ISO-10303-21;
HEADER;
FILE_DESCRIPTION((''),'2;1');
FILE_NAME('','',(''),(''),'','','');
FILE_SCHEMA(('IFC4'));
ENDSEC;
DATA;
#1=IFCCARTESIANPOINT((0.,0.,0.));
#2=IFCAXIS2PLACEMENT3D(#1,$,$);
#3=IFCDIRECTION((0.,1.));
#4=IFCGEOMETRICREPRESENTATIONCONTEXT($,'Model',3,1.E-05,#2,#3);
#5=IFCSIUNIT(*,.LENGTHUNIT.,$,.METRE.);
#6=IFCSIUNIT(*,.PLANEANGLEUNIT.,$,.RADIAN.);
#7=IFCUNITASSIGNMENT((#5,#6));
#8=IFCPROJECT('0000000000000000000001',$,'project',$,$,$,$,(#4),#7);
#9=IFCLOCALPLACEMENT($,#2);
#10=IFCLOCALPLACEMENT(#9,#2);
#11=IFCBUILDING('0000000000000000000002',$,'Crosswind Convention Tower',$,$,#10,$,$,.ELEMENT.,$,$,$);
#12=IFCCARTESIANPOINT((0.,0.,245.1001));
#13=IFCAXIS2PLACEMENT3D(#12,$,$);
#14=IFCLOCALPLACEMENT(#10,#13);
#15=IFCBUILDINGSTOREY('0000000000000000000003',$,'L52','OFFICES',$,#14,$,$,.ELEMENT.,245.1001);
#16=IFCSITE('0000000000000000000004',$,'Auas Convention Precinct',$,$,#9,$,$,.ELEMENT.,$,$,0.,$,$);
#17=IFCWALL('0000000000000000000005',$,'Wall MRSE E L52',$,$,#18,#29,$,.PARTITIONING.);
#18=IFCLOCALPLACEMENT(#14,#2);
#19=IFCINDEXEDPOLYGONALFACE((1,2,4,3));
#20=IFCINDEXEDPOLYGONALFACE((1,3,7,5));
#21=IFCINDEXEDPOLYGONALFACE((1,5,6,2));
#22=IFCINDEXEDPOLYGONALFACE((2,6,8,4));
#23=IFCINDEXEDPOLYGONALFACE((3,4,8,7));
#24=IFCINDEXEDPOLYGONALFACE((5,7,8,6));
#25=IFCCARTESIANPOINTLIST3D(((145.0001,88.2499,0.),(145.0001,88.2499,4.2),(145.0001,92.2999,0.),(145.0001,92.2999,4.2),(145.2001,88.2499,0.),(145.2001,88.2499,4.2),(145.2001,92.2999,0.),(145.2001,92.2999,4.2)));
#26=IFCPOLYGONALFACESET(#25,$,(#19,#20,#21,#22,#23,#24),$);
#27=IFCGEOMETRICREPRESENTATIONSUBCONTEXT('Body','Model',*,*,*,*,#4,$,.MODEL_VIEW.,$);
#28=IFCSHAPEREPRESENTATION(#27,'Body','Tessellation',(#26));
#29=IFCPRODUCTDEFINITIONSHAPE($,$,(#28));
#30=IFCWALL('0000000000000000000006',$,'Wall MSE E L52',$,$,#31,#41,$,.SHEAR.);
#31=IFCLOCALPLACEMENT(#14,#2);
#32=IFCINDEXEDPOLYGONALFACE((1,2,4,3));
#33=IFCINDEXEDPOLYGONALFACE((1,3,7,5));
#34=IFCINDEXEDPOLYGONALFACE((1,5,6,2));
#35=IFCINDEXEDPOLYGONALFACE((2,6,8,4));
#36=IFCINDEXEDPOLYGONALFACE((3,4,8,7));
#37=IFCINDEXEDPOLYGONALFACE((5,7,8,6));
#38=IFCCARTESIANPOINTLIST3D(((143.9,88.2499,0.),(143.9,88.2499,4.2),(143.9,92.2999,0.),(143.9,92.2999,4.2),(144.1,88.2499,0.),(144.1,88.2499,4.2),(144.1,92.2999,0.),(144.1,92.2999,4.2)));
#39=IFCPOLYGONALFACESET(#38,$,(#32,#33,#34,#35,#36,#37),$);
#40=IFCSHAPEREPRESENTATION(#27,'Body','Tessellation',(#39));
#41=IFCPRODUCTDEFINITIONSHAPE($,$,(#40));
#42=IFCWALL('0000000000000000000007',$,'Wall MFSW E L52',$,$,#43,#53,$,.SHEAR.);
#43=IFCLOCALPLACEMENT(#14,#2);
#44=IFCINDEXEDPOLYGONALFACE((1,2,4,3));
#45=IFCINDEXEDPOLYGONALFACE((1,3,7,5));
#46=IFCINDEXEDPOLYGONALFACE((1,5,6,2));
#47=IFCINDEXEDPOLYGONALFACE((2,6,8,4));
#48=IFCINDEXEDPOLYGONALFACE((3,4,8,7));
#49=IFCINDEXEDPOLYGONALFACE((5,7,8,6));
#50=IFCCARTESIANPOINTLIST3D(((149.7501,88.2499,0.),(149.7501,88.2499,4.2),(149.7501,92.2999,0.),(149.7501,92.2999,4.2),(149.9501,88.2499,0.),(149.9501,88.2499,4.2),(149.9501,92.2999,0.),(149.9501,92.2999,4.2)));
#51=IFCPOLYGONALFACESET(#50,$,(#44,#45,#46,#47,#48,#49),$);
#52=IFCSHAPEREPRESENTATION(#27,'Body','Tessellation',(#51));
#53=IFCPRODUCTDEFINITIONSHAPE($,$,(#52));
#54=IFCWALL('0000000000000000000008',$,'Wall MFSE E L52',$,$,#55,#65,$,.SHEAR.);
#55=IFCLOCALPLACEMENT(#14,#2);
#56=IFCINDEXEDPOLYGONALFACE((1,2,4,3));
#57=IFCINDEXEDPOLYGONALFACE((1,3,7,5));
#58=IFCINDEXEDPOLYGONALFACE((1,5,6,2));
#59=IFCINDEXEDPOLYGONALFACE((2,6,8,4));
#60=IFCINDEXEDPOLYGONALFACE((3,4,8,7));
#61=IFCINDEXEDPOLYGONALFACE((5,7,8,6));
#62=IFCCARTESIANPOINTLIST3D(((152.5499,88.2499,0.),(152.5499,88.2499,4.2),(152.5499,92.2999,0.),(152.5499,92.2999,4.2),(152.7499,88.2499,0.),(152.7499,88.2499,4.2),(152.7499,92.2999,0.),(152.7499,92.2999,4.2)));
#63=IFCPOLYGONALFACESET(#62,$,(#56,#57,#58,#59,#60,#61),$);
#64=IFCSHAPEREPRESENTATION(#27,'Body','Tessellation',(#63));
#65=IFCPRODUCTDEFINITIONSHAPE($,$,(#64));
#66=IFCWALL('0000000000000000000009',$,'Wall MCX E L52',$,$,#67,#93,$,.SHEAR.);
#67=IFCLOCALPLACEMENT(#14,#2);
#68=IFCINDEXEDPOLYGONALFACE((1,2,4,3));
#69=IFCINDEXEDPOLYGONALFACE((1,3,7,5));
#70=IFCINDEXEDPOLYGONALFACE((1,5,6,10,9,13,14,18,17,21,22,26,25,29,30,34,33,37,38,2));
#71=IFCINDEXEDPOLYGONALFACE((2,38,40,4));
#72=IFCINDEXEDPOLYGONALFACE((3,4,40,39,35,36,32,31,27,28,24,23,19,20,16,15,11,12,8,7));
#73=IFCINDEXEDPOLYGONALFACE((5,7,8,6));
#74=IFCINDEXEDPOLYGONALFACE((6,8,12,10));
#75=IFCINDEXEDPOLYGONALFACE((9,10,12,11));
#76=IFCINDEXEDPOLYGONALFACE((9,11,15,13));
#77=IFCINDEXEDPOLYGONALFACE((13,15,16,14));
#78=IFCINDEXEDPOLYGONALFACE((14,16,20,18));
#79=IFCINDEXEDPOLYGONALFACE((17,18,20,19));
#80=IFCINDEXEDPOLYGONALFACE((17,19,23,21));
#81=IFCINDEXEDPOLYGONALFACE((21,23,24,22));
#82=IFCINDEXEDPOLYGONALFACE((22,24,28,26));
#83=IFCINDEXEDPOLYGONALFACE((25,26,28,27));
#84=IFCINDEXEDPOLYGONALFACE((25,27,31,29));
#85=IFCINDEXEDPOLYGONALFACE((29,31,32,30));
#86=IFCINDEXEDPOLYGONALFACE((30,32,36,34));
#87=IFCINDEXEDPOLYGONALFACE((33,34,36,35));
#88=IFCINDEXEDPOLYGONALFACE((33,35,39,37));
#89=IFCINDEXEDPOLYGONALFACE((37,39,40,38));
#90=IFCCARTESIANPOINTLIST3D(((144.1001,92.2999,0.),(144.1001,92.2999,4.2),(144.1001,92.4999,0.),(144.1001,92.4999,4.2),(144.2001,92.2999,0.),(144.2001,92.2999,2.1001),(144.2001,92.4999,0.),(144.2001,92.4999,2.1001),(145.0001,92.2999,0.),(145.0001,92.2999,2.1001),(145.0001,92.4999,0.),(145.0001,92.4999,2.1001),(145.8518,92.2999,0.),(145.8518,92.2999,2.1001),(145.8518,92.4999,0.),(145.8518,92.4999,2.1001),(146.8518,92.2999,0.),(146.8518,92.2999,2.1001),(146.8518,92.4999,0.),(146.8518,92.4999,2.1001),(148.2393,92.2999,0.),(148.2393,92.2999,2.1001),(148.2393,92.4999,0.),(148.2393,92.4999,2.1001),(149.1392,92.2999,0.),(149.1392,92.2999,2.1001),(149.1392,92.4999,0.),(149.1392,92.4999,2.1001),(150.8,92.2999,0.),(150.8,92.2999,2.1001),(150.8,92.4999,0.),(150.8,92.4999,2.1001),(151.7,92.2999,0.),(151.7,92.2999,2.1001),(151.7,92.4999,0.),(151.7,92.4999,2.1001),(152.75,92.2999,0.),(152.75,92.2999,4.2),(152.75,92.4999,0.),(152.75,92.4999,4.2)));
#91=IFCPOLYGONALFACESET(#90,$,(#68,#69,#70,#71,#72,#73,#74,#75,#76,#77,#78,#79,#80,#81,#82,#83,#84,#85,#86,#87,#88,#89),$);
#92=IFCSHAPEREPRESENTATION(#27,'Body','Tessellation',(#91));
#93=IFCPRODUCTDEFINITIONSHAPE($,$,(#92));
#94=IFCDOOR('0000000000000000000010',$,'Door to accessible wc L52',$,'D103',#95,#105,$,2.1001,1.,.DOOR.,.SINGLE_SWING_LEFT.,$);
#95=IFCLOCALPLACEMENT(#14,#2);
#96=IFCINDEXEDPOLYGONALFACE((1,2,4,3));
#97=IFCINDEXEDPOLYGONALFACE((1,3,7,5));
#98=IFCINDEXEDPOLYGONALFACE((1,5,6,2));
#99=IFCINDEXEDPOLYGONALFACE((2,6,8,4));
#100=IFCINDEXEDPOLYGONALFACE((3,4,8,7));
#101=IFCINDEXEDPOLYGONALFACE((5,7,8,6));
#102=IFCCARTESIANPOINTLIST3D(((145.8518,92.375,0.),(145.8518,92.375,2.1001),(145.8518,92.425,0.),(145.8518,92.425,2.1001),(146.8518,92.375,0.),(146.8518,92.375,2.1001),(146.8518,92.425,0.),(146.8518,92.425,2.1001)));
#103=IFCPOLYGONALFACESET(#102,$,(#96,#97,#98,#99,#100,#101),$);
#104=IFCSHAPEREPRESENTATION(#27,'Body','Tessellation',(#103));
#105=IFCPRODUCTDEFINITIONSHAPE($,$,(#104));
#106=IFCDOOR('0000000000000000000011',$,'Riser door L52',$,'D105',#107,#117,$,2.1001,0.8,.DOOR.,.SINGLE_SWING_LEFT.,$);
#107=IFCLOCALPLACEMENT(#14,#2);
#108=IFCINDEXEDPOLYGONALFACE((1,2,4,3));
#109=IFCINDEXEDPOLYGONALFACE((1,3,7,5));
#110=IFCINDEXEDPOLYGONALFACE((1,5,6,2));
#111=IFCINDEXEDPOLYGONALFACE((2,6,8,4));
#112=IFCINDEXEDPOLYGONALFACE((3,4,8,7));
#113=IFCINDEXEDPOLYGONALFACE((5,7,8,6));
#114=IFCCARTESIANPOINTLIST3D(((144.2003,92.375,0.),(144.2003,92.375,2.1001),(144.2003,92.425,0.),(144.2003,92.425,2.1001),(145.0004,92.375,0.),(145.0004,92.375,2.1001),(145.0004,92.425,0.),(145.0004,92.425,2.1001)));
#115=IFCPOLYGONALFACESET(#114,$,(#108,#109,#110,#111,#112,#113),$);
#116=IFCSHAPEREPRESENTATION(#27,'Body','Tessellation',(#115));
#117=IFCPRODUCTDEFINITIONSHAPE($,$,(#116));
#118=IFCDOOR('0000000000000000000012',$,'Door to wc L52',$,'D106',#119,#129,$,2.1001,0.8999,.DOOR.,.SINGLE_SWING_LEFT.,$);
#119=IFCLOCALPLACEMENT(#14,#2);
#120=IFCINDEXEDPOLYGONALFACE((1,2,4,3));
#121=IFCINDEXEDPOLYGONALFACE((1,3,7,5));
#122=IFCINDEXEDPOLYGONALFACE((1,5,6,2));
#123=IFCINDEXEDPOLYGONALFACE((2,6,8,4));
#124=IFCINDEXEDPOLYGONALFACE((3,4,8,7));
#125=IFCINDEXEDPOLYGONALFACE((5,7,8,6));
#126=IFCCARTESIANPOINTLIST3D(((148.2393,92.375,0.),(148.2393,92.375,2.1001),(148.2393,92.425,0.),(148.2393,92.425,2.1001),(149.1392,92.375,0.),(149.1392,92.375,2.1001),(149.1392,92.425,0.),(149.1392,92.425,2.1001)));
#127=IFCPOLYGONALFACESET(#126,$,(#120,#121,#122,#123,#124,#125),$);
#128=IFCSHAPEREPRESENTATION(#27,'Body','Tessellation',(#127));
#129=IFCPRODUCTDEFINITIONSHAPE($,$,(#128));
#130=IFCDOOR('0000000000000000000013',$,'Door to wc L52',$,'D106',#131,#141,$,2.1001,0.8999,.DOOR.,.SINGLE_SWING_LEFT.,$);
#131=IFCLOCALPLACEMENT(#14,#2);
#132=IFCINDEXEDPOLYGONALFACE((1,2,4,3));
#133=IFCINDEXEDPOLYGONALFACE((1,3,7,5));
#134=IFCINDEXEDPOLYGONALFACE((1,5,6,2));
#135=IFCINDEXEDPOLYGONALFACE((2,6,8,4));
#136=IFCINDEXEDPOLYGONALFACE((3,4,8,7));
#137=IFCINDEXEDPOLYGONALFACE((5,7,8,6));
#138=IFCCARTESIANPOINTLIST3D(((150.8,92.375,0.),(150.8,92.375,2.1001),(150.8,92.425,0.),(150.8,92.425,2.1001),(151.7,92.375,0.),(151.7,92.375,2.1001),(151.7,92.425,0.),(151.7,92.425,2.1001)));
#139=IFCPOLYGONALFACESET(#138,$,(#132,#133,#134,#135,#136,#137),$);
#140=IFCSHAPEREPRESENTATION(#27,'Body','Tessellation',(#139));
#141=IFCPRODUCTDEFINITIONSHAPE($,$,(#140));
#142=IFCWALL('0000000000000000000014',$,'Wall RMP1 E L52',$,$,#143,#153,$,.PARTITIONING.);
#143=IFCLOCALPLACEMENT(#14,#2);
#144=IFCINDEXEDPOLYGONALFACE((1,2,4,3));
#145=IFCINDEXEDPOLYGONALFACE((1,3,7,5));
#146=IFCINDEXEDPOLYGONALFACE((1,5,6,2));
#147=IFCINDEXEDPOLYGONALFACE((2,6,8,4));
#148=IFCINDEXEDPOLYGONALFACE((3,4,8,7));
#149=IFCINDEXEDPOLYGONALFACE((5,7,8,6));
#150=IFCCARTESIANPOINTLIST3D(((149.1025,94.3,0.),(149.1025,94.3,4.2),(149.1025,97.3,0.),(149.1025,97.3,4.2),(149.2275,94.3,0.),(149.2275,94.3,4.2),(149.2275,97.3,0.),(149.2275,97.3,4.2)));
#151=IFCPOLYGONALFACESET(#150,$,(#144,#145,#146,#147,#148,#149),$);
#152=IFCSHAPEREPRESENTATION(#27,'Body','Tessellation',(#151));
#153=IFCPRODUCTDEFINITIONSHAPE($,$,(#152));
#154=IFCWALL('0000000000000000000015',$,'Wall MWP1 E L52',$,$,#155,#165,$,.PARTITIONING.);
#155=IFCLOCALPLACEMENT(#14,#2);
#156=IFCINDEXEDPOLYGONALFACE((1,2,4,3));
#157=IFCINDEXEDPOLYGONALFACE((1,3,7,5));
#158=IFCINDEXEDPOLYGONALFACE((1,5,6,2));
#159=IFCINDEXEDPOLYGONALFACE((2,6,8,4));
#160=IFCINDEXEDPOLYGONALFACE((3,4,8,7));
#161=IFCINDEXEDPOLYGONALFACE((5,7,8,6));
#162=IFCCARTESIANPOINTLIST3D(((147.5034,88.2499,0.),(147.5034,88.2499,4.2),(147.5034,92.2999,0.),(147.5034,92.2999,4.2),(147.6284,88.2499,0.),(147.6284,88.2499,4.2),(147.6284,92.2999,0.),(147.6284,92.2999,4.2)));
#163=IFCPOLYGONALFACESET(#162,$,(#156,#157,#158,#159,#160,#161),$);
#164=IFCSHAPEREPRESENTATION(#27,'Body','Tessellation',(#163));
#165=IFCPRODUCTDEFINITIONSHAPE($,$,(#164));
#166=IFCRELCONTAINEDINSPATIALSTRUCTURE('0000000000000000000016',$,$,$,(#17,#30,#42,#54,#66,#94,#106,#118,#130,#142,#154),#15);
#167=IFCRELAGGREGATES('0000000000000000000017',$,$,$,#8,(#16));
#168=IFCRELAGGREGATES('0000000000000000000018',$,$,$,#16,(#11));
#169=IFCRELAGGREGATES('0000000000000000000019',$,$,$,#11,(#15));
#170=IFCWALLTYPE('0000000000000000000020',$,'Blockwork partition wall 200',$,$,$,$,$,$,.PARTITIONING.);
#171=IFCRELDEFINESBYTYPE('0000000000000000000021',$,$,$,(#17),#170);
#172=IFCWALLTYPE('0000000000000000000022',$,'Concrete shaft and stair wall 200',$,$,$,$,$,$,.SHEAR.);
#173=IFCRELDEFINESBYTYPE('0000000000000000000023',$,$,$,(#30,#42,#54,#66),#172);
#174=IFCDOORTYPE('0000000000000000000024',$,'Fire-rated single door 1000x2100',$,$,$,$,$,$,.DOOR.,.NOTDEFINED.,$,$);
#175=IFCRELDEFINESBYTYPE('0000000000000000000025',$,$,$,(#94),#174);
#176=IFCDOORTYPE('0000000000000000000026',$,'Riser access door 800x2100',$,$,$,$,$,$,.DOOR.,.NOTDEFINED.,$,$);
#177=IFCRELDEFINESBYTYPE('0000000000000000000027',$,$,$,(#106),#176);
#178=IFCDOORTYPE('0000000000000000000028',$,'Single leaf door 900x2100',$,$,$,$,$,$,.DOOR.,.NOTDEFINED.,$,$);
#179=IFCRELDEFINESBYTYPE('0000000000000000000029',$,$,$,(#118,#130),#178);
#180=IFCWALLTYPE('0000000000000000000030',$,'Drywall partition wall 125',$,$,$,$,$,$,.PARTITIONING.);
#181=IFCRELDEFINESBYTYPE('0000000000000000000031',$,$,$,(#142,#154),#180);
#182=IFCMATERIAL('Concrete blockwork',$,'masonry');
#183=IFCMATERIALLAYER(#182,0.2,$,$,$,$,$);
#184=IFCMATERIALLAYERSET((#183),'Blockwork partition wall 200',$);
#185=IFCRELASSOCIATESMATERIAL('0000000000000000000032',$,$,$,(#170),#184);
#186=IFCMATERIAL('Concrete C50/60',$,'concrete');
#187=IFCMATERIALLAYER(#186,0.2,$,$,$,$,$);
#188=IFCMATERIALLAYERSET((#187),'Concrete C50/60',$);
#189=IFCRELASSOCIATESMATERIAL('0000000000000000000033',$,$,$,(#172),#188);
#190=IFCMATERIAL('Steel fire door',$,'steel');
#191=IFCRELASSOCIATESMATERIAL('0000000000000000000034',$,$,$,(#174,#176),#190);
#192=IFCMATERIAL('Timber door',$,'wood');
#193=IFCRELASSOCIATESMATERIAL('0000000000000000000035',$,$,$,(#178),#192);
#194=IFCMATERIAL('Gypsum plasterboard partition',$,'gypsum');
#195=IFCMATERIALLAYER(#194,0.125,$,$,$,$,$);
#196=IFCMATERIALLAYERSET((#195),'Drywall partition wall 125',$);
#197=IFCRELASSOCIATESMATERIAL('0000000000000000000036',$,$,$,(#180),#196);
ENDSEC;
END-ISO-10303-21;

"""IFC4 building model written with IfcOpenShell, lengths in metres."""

from ifc_helpers import new_model, si_unit, direction, frame, frame_2d, origin, place, context, subcontext, project, spatial, rectangle, extrude, material, layer, layer_set, type_object, element, fill, save


model = new_model("IFC4")

# Units and contexts
model_context = context("Model", 3, precision=1e-05, world=origin(), true_north=direction((0.0, 1.0)))
body_context = subcontext(model_context, "Body", "Model", "MODEL_VIEW")
ifc_project = project(units=[si_unit("LENGTHUNIT", "METRE"), si_unit("PLANEANGLEUNIT", "RADIAN")], contexts=[model_context])

# Site, building, storey
site_placement = place(None, origin())
site = spatial("IfcSite", under=ifc_project, at=site_placement, Name="Auas Convention Precinct", CompositionType="ELEMENT", RefElevation=0.0)
building_placement = place(site_placement, origin())
building = spatial("IfcBuilding", under=site, at=building_placement, Name="Crosswind Convention Tower", CompositionType="ELEMENT")
storey_placement = place(building_placement, frame((0.0, 0.0, 245.1001)))
storey = spatial("IfcBuildingStorey", under=building, at=storey_placement, Name="L52", Description="OFFICES", CompositionType="ELEMENT", Elevation=245.1001)

# Walls
ifc_material_1 = material(Name="Concrete blockwork", Category="masonry")
ifc_layer_1 = layer(ifc_material_1, 0.2)
ifc_layer_set_1 = layer_set([ifc_layer_1], Name="Blockwork partition wall 200")
wall_type_1 = type_object("IfcWallType", Name="Blockwork partition wall 200", PredefinedType="PARTITIONING", material=ifc_layer_set_1)
wall_1_placement = place(storey_placement, frame((145.1001, 88.25, 0.0), z_axis=(0.0, 0.0, 1.0), x_axis=(0.0, 1.0, 0.0)))
element("IfcWall", 1, at=wall_1_placement, inside=storey, type_object=wall_type_1, Name="Wall MRSE E L52", PredefinedType="PARTITIONING", context=body_context, shape_type="SweptSolid", body=[
    extrude(rectangle(XDim=4.05, YDim=0.2, at=frame_2d((2.0249, 0.0))), origin(), (0.0, 0.0, 1.0), 4.2),
])
ifc_material_2 = material(Name="Concrete C50/60", Category="concrete")
ifc_layer_2 = layer(ifc_material_2, 0.2)
ifc_layer_set_2 = layer_set([ifc_layer_2], Name="Concrete C50/60")
wall_type_2 = type_object("IfcWallType", Name="Concrete shaft and stair wall 200", PredefinedType="SHEAR", material=ifc_layer_set_2)
for number, where, z_axis, x_axis, name in (
    (2, (144.0, 88.25, 0.0), (0.0, 0.0, 1.0), (0.0, 1.0, 0.0), "Wall MSE E L52"),
    (3, (149.8501, 88.25, 0.0), (0.0, 0.0, 1.0), (0.0, 1.0, 0.0), "Wall MFSW E L52"),
    (4, (152.6499, 88.25, 0.0), (0.0, 0.0, 1.0), (0.0, 1.0, 0.0), "Wall MFSE E L52"),
):
    element("IfcWall", number, at=place(storey_placement, frame(where, z_axis=z_axis, x_axis=x_axis)), inside=storey, type_object=wall_type_2, Name=name, PredefinedType="SHEAR", context=body_context, shape_type="SweptSolid", body=[
        extrude(rectangle(XDim=4.05, YDim=0.2, at=frame_2d((2.0249, 0.0))), origin(), (0.0, 0.0, 1.0), 4.2),
    ])

# Wall, openings, doors
wall_2_placement = place(storey_placement, frame((144.1001, 92.3999, 0.0), z_axis=(0.0, 0.0, 1.0), x_axis=(1.0, 0.0, 0.0)))
wall_2 = element("IfcWall", 5, at=wall_2_placement, inside=storey, type_object=wall_type_2, Name="Wall MCX E L52", PredefinedType="SHEAR", context=body_context, shape_type="SweptSolid", body=[
    extrude(rectangle(XDim=8.6499, YDim=0.2, at=frame_2d((4.325, 0.0))), origin(), (0.0, 0.0, 1.0), 4.2),
])
opening_1_placement = place(wall_2_placement, frame((0.1001, 0.0, 0.0)))
opening_1 = element("IfcOpeningElement", 6, at=opening_1_placement, cuts=wall_2, PredefinedType="OPENING", context=body_context, shape_type="SweptSolid", body=[
    extrude(rectangle(XDim=0.8, YDim=2.1001, at=frame_2d((0.3999, 1.05))), frame((0.0, 0.1099, 0.0), z_axis=(0.0, -1.0, 0.0), x_axis=(1.0, 0.0, 0.0)), (0.0, 0.0, 1.0), 0.22),
])
opening_2_placement = place(wall_2_placement, frame((1.7517, 0.0, 0.0)))
opening_2 = element("IfcOpeningElement", 7, at=opening_2_placement, cuts=wall_2, PredefinedType="OPENING", context=body_context, shape_type="SweptSolid", body=[
    extrude(rectangle(XDim=1.0, YDim=2.1001, at=frame_2d((0.5, 1.05))), frame((0.0, 0.1099, 0.0), z_axis=(0.0, -1.0, 0.0), x_axis=(1.0, 0.0, 0.0)), (0.0, 0.0, 1.0), 0.22),
])
opening_3_placement = place(wall_2_placement, frame((4.1392, 0.0, 0.0)))
opening_3 = element("IfcOpeningElement", 8, at=opening_3_placement, cuts=wall_2, PredefinedType="OPENING", context=body_context, shape_type="SweptSolid", body=[
    extrude(rectangle(XDim=0.8999, YDim=2.1001, at=frame_2d((0.45, 1.05))), frame((0.0, 0.1099, 0.0), z_axis=(0.0, -1.0, 0.0), x_axis=(1.0, 0.0, 0.0)), (0.0, 0.0, 1.0), 0.22),
])
opening_4_placement = place(wall_2_placement, frame((6.7, 0.0, 0.0)))
opening_4 = element("IfcOpeningElement", 9, at=opening_4_placement, cuts=wall_2, PredefinedType="OPENING", context=body_context, shape_type="SweptSolid", body=[
    extrude(rectangle(XDim=0.8999, YDim=2.1001, at=frame_2d((0.45, 1.05))), frame((0.0, 0.1099, 0.0), z_axis=(0.0, -1.0, 0.0), x_axis=(1.0, 0.0, 0.0)), (0.0, 0.0, 1.0), 0.22),
])
ifc_material_3 = material(Name="Steel fire door", Category="steel")
door_type_1 = type_object("IfcDoorType", Name="Fire-rated single door 1000x2100", OperationType="NOTDEFINED", PredefinedType="DOOR", material=ifc_material_3)
door_1_placement = place(opening_2_placement, frame((1.0, 0.0, 0.0), z_axis=(0.0, 0.0, 1.0), x_axis=(-1.0, 0.0, 0.0)))
door_1 = element("IfcDoor", 10, at=door_1_placement, inside=storey, type_object=door_type_1, Name="Door to accessible wc L52", ObjectType="D103", OperationType="SINGLE_SWING_LEFT", OverallHeight=2.1001, OverallWidth=1.0, PredefinedType="DOOR", context=body_context, shape_type="SweptSolid", body=[
    extrude(rectangle(XDim=1.0, YDim=2.1001, at=frame_2d((0.5, 1.05))), frame((0.0, 0.0249, 0.0), z_axis=(0.0, -1.0, 0.0), x_axis=(1.0, 0.0, 0.0)), (0.0, 0.0, 1.0), 0.05),
])
fill(opening_2, door_1)
door_type_2 = type_object("IfcDoorType", Name="Riser access door 800x2100", OperationType="NOTDEFINED", PredefinedType="DOOR", material=ifc_material_3)
door_2_placement = place(opening_1_placement, frame((0.8, 0.0, 0.0), z_axis=(0.0, 0.0, 1.0), x_axis=(-1.0, 0.0, 0.0)))
door_2 = element("IfcDoor", 11, at=door_2_placement, inside=storey, type_object=door_type_2, Name="Riser door L52", ObjectType="D105", OperationType="SINGLE_SWING_LEFT", OverallHeight=2.1001, OverallWidth=0.8, PredefinedType="DOOR", context=body_context, shape_type="SweptSolid", body=[
    extrude(rectangle(XDim=0.8, YDim=2.1001, at=frame_2d((0.3999, 1.05))), frame((0.0, 0.0249, 0.0), z_axis=(0.0, -1.0, 0.0), x_axis=(1.0, 0.0, 0.0)), (0.0, 0.0, 1.0), 0.05),
])
fill(opening_1, door_2)
ifc_material_4 = material(Name="Timber door", Category="wood")
door_type_3 = type_object("IfcDoorType", Name="Single leaf door 900x2100", OperationType="NOTDEFINED", PredefinedType="DOOR", material=ifc_material_4)
door_3_placement = place(opening_3_placement, frame((0.8999, 0.0, 0.0), z_axis=(0.0, 0.0, 1.0), x_axis=(-1.0, 0.0, 0.0)))
door_3 = element("IfcDoor", 12, at=door_3_placement, inside=storey, type_object=door_type_3, Name="Door to wc L52", ObjectType="D106", OperationType="SINGLE_SWING_LEFT", OverallHeight=2.1001, OverallWidth=0.8999, PredefinedType="DOOR", context=body_context, shape_type="SweptSolid", body=[
    extrude(rectangle(XDim=0.8999, YDim=2.1001, at=frame_2d((0.45, 1.05))), frame((0.0, 0.0249, 0.0), z_axis=(0.0, -1.0, 0.0), x_axis=(1.0, 0.0, 0.0)), (0.0, 0.0, 1.0), 0.05),
])
fill(opening_3, door_3)
door_4_placement = place(opening_4_placement, frame((0.8999, 0.0, 0.0), z_axis=(0.0, 0.0, 1.0), x_axis=(-1.0, 0.0, 0.0)))
door_4 = element("IfcDoor", 13, at=door_4_placement, inside=storey, type_object=door_type_3, Name="Door to wc L52", ObjectType="D106", OperationType="SINGLE_SWING_LEFT", OverallHeight=2.1001, OverallWidth=0.8999, PredefinedType="DOOR", context=body_context, shape_type="SweptSolid", body=[
    extrude(rectangle(XDim=0.8999, YDim=2.1001, at=frame_2d((0.45, 1.05))), frame((0.0, 0.0249, 0.0), z_axis=(0.0, -1.0, 0.0), x_axis=(1.0, 0.0, 0.0)), (0.0, 0.0, 1.0), 0.05),
])
fill(opening_4, door_4)

# Walls
ifc_material_5 = material(Name="Gypsum plasterboard partition", Category="gypsum")
ifc_layer_3 = layer(ifc_material_5, 0.125)
ifc_layer_set_3 = layer_set([ifc_layer_3], Name="Drywall partition wall 125")
wall_type_3 = type_object("IfcWallType", Name="Drywall partition wall 125", PredefinedType="PARTITIONING", material=ifc_layer_set_3)
wall_3_placement = place(storey_placement, frame((149.165, 94.3, 0.0), z_axis=(0.0, 0.0, 1.0), x_axis=(0.0, 1.0, 0.0)))
element("IfcWall", 14, at=wall_3_placement, inside=storey, type_object=wall_type_3, Name="Wall RMP1 E L52", PredefinedType="PARTITIONING", context=body_context, shape_type="SweptSolid", body=[
    extrude(rectangle(XDim=3.0, YDim=0.125, at=frame_2d((1.5, 0.0))), origin(), (0.0, 0.0, 1.0), 4.2),
])
wall_4_placement = place(storey_placement, frame((147.5659, 88.25, 0.0), z_axis=(0.0, 0.0, 1.0), x_axis=(0.0, 1.0, 0.0)))
element("IfcWall", 15, at=wall_4_placement, inside=storey, type_object=wall_type_3, Name="Wall MWP1 E L52", PredefinedType="PARTITIONING", context=body_context, shape_type="SweptSolid", body=[
    extrude(rectangle(XDim=4.05, YDim=0.125, at=frame_2d((2.0249, 0.0))), origin(), (0.0, 0.0, 1.0), 4.2),
])

save(model, "model.ifc")
